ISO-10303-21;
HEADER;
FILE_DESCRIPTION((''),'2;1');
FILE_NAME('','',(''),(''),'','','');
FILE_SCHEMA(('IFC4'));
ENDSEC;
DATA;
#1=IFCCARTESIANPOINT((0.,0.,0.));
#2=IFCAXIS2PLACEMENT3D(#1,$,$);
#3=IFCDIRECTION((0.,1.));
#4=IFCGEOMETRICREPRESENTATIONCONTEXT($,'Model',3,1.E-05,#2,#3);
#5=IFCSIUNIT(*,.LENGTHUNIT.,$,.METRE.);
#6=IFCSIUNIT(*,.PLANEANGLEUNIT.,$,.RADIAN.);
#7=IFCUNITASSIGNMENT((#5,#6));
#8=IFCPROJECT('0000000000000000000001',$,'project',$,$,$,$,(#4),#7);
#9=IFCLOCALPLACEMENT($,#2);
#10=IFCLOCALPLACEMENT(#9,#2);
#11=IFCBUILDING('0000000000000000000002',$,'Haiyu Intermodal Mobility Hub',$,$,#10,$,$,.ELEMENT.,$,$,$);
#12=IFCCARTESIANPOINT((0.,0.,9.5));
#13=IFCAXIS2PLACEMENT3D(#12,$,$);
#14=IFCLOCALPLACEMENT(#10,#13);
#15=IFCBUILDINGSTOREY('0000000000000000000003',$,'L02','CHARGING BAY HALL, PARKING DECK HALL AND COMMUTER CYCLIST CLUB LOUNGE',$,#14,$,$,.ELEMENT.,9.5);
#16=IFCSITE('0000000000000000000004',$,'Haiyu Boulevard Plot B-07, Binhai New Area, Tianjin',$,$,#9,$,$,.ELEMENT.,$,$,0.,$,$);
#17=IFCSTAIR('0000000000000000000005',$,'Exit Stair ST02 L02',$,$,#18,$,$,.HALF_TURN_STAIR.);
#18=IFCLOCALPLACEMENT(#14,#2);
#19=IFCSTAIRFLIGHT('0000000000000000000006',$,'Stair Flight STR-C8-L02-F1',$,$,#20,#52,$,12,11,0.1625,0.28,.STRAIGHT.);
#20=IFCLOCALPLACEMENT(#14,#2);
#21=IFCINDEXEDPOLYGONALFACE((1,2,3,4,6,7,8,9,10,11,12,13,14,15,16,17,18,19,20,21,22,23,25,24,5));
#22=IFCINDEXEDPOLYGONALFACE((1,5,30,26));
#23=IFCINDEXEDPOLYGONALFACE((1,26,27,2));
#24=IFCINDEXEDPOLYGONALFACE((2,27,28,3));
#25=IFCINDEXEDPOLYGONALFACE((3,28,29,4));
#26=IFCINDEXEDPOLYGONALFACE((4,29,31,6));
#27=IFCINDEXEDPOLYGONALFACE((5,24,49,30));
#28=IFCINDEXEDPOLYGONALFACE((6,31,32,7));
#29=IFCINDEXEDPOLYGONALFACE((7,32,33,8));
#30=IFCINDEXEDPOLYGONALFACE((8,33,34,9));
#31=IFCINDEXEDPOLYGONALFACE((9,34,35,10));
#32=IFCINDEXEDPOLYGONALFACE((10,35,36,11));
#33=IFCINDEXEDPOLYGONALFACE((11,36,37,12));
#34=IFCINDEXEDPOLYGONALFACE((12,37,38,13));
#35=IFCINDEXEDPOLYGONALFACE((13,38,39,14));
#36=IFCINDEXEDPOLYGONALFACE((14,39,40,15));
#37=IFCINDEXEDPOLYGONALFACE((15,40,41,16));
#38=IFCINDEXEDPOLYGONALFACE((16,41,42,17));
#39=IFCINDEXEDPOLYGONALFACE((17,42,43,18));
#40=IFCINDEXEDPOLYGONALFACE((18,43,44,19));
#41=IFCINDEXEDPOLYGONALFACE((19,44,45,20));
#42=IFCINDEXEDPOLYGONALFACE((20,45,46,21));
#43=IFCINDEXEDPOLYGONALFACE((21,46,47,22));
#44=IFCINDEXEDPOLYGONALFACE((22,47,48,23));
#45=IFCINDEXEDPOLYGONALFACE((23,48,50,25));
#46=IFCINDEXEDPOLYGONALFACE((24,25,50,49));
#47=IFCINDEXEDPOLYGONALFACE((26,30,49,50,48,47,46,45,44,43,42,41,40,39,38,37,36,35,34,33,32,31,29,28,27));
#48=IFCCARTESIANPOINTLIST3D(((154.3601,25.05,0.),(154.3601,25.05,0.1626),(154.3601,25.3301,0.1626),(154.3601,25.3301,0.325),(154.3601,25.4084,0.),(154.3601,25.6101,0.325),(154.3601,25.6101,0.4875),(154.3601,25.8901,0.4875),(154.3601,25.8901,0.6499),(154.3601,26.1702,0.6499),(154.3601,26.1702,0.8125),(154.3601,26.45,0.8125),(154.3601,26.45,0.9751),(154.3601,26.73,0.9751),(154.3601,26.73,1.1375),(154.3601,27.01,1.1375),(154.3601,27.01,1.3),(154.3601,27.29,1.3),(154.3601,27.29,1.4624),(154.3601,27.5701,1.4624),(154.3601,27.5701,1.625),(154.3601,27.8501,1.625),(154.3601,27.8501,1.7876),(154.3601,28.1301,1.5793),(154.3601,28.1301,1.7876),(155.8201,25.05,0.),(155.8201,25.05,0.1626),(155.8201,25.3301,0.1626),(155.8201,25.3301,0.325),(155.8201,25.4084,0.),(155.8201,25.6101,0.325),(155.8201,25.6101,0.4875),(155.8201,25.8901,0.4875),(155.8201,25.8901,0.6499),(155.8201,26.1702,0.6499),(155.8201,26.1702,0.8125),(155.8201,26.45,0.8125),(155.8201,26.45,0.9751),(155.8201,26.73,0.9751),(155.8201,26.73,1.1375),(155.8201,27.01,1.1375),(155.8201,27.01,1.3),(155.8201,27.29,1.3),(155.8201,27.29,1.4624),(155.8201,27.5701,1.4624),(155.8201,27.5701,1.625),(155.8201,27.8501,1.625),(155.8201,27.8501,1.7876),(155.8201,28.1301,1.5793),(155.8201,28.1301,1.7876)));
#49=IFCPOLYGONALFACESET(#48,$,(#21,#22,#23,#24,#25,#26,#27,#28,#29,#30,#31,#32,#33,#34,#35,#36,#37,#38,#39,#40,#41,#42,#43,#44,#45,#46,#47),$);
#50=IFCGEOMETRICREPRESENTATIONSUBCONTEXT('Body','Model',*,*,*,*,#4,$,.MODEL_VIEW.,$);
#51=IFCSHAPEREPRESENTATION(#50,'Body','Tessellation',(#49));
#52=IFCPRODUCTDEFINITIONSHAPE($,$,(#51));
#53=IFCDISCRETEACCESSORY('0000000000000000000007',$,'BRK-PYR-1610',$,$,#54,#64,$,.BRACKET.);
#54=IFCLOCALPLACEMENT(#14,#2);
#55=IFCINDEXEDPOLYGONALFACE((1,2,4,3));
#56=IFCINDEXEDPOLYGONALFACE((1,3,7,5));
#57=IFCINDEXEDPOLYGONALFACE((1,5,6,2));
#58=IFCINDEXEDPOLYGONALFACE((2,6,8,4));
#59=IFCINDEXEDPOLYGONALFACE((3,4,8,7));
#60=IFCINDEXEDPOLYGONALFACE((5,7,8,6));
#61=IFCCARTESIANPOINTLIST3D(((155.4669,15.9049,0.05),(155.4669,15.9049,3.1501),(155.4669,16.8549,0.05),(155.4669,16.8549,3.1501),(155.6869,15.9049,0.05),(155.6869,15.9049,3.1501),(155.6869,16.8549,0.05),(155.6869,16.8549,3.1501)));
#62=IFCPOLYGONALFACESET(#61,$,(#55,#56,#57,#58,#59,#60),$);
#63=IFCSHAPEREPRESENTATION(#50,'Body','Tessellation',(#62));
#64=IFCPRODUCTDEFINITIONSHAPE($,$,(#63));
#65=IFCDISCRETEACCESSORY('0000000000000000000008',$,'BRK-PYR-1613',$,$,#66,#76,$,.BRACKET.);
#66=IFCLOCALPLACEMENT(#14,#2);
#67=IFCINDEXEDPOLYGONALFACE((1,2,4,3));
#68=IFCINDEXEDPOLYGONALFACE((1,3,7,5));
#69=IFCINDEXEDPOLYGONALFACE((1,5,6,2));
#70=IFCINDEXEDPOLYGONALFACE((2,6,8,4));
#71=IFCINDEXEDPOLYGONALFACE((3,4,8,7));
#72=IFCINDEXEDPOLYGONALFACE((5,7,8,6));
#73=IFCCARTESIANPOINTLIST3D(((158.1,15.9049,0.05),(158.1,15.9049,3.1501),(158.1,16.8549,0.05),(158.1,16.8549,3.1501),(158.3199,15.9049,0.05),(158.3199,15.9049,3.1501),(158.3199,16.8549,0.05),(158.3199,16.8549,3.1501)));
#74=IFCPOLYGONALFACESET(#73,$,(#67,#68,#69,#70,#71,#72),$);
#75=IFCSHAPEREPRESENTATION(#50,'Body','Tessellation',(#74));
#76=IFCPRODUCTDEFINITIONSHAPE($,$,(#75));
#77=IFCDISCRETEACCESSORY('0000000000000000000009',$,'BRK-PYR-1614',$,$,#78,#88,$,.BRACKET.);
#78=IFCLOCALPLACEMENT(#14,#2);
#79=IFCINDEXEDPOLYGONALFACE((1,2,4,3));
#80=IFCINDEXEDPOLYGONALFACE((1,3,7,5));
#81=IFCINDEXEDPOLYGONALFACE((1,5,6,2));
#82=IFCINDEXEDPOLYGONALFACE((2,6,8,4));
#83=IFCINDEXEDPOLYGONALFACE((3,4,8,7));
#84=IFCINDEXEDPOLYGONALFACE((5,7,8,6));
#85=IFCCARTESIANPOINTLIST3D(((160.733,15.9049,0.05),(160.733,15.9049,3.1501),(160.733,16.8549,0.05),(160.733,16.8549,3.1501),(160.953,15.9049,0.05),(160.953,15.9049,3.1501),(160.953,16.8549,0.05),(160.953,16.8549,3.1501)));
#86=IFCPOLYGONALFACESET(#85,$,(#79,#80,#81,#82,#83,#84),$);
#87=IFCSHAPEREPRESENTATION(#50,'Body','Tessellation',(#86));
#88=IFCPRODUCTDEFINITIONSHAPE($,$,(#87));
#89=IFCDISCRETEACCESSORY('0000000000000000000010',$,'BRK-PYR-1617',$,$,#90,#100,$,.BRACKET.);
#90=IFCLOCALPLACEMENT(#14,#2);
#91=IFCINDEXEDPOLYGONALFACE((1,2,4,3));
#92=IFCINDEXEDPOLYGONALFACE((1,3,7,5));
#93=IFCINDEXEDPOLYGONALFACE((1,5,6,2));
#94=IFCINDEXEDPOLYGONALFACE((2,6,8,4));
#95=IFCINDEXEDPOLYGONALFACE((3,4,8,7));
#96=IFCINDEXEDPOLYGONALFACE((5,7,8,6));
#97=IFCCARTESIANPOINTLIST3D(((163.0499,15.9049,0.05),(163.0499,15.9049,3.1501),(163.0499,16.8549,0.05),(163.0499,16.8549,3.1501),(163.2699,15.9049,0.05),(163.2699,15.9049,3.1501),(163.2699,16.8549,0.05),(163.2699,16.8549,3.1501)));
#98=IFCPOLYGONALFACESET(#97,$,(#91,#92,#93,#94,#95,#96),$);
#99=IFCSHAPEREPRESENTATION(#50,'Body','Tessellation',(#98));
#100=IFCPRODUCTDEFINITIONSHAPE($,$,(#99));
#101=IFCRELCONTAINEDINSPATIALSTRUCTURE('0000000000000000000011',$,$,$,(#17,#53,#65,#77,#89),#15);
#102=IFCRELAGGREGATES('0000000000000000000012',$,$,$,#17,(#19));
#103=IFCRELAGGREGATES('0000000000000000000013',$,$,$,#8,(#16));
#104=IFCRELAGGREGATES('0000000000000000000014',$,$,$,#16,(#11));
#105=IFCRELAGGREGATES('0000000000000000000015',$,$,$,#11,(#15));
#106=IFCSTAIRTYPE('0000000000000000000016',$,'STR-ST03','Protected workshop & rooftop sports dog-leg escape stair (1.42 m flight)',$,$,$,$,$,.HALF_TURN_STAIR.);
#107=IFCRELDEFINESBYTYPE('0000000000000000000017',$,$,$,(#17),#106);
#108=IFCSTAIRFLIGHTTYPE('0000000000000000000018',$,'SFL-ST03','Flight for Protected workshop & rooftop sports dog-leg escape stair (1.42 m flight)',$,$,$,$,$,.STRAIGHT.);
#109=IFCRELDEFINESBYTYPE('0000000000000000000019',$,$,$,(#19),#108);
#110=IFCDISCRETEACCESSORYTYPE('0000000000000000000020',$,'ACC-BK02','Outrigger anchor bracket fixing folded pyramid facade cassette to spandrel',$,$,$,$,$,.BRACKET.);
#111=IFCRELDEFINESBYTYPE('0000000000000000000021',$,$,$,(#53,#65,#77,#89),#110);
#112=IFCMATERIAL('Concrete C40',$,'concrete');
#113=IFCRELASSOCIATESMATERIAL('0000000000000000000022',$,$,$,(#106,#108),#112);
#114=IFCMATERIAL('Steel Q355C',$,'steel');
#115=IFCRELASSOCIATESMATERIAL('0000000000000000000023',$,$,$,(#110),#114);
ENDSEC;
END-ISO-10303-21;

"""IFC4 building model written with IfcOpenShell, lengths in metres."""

from ifc_helpers import new_model, si_unit, direction, frame, origin, origin_2d, place, context, subcontext, project, spatial, polyline, rectangle, outline, extrude, material, type_object, element, aggregate, save


model = new_model("IFC4")

# Units and contexts
model_context = context("Model", 3, precision=1e-05, world=origin(), true_north=direction((0.0, 1.0)))
body_context = subcontext(model_context, "Body", "Model", "MODEL_VIEW")
ifc_project = project(units=[si_unit("LENGTHUNIT", "METRE"), si_unit("PLANEANGLEUNIT", "RADIAN")], contexts=[model_context])

# Site, building, storey
site_placement = place(None, origin())
site = spatial("IfcSite", under=ifc_project, at=site_placement, Name="Haiyu Boulevard Plot B-07, Binhai New Area, Tianjin", CompositionType="ELEMENT", RefElevation=0.0)
building_placement = place(site_placement, origin())
building = spatial("IfcBuilding", under=site, at=building_placement, Name="Haiyu Intermodal Mobility Hub", CompositionType="ELEMENT")
storey_placement = place(building_placement, frame((0.0, 0.0, 9.5)))
storey = spatial("IfcBuildingStorey", under=building, at=storey_placement, Name="L02", Description="CHARGING BAY HALL, PARKING DECK HALL AND COMMUTER CYCLIST CLUB LOUNGE", CompositionType="ELEMENT", Elevation=9.5)

# Shared definitions
ifc_material_1 = material(Name="Concrete C40", Category="concrete")

# Shared definitions
ifc_material_2 = material(Name="Steel Q355C", Category="steel")

# Stair, stair flight
stair_type = type_object("IfcStairType", Name="STR-ST03", Description="Protected workshop & rooftop sports dog-leg escape stair (1.42 m flight)", PredefinedType="HALF_TURN_STAIR", material=ifc_material_1)
stair_placement = place(storey_placement, origin())
stair = element("IfcStair", 1, at=stair_placement, inside=storey, type_object=stair_type, Name="Exit Stair ST02 L02", PredefinedType="HALF_TURN_STAIR")
stair_flight_type = type_object("IfcStairFlightType", Name="SFL-ST03", Description="Flight for Protected workshop & rooftop sports dog-leg escape stair (1.42 m flight)", PredefinedType="STRAIGHT", material=ifc_material_1)
stair_flight_placement = place(storey_placement, frame((155.0901, 25.05, 0.0), z_axis=(0.0, 0.0, 1.0), x_axis=(0.0, 1.0, 0.0)))
stair_flight = element("IfcStairFlight", 2, at=stair_flight_placement, type_object=stair_flight_type, Name="Stair Flight STR-C8-L02-F1", NumberOfRisers=12, NumberOfTreads=11, PredefinedType="STRAIGHT", RiserHeight=0.1625, TreadLength=0.28, context=body_context, shape_type="SweptSolid", body=[
    extrude(outline(polyline([(0.0, 0.0), (0.0, 0.1626), (0.28, 0.1626), (0.28, 0.325), (0.5601, 0.325), (0.5601, 0.4875), (0.8401, 0.4875), (0.8401, 0.6499), (1.1201, 0.6499), (1.1201, 0.8125), (1.3999, 0.8125), (1.3999, 0.9751), (1.6799, 0.9751), (1.6799, 1.1375), (1.96, 1.1375), (1.96, 1.3), (2.24, 1.3), (2.24, 1.4624), (2.52, 1.4624), (2.52, 1.625), (2.8, 1.625), (2.8, 1.7876), (3.0801, 1.7876), (3.0801, 1.95), (3.0801, 1.5793), (0.3584, 0.0), (0.0, 0.0)])), frame((0.0, 0.73, 0.0), z_axis=(0.0, -1.0, 0.0), x_axis=(1.0, 0.0, 0.0)), (0.0, 0.0, 1.0), 1.46),
])
aggregate(stair, [stair_flight])

# Discrete accessories
discrete_accessory_type = type_object("IfcDiscreteAccessoryType", Name="ACC-BK02", Description="Outrigger anchor bracket fixing folded pyramid facade cassette to spandrel", PredefinedType="BRACKET", material=ifc_material_2)
for number, where, z_axis, x_axis, name in (
    (3, (155.5769, 16.3799, 0.05), (0.0, 0.0, 1.0), (1.0, 0.0, 0.0), "BRK-PYR-1610"),
    (4, (158.21, 16.3799, 0.05), (0.0, 0.0, 1.0), (1.0, 0.0, 0.0), "BRK-PYR-1613"),
    (5, (160.843, 16.3799, 0.05), (0.0, 0.0, 1.0), (1.0, 0.0, 0.0), "BRK-PYR-1614"),
    (6, (163.1599, 16.3799, 0.05), (0.0, 0.0, 1.0), (1.0, 0.0, 0.0), "BRK-PYR-1617"),
):
    element("IfcDiscreteAccessory", number, at=place(storey_placement, frame(where, z_axis=z_axis, x_axis=x_axis)), inside=storey, type_object=discrete_accessory_type, Name=name, PredefinedType="BRACKET", context=body_context, shape_type="SweptSolid", body=[
        extrude(rectangle(XDim=0.22, YDim=0.95, at=origin_2d()), origin(), (0.0, 0.0, 1.0), 3.1001),
    ])

save(model, "model.ifc")
